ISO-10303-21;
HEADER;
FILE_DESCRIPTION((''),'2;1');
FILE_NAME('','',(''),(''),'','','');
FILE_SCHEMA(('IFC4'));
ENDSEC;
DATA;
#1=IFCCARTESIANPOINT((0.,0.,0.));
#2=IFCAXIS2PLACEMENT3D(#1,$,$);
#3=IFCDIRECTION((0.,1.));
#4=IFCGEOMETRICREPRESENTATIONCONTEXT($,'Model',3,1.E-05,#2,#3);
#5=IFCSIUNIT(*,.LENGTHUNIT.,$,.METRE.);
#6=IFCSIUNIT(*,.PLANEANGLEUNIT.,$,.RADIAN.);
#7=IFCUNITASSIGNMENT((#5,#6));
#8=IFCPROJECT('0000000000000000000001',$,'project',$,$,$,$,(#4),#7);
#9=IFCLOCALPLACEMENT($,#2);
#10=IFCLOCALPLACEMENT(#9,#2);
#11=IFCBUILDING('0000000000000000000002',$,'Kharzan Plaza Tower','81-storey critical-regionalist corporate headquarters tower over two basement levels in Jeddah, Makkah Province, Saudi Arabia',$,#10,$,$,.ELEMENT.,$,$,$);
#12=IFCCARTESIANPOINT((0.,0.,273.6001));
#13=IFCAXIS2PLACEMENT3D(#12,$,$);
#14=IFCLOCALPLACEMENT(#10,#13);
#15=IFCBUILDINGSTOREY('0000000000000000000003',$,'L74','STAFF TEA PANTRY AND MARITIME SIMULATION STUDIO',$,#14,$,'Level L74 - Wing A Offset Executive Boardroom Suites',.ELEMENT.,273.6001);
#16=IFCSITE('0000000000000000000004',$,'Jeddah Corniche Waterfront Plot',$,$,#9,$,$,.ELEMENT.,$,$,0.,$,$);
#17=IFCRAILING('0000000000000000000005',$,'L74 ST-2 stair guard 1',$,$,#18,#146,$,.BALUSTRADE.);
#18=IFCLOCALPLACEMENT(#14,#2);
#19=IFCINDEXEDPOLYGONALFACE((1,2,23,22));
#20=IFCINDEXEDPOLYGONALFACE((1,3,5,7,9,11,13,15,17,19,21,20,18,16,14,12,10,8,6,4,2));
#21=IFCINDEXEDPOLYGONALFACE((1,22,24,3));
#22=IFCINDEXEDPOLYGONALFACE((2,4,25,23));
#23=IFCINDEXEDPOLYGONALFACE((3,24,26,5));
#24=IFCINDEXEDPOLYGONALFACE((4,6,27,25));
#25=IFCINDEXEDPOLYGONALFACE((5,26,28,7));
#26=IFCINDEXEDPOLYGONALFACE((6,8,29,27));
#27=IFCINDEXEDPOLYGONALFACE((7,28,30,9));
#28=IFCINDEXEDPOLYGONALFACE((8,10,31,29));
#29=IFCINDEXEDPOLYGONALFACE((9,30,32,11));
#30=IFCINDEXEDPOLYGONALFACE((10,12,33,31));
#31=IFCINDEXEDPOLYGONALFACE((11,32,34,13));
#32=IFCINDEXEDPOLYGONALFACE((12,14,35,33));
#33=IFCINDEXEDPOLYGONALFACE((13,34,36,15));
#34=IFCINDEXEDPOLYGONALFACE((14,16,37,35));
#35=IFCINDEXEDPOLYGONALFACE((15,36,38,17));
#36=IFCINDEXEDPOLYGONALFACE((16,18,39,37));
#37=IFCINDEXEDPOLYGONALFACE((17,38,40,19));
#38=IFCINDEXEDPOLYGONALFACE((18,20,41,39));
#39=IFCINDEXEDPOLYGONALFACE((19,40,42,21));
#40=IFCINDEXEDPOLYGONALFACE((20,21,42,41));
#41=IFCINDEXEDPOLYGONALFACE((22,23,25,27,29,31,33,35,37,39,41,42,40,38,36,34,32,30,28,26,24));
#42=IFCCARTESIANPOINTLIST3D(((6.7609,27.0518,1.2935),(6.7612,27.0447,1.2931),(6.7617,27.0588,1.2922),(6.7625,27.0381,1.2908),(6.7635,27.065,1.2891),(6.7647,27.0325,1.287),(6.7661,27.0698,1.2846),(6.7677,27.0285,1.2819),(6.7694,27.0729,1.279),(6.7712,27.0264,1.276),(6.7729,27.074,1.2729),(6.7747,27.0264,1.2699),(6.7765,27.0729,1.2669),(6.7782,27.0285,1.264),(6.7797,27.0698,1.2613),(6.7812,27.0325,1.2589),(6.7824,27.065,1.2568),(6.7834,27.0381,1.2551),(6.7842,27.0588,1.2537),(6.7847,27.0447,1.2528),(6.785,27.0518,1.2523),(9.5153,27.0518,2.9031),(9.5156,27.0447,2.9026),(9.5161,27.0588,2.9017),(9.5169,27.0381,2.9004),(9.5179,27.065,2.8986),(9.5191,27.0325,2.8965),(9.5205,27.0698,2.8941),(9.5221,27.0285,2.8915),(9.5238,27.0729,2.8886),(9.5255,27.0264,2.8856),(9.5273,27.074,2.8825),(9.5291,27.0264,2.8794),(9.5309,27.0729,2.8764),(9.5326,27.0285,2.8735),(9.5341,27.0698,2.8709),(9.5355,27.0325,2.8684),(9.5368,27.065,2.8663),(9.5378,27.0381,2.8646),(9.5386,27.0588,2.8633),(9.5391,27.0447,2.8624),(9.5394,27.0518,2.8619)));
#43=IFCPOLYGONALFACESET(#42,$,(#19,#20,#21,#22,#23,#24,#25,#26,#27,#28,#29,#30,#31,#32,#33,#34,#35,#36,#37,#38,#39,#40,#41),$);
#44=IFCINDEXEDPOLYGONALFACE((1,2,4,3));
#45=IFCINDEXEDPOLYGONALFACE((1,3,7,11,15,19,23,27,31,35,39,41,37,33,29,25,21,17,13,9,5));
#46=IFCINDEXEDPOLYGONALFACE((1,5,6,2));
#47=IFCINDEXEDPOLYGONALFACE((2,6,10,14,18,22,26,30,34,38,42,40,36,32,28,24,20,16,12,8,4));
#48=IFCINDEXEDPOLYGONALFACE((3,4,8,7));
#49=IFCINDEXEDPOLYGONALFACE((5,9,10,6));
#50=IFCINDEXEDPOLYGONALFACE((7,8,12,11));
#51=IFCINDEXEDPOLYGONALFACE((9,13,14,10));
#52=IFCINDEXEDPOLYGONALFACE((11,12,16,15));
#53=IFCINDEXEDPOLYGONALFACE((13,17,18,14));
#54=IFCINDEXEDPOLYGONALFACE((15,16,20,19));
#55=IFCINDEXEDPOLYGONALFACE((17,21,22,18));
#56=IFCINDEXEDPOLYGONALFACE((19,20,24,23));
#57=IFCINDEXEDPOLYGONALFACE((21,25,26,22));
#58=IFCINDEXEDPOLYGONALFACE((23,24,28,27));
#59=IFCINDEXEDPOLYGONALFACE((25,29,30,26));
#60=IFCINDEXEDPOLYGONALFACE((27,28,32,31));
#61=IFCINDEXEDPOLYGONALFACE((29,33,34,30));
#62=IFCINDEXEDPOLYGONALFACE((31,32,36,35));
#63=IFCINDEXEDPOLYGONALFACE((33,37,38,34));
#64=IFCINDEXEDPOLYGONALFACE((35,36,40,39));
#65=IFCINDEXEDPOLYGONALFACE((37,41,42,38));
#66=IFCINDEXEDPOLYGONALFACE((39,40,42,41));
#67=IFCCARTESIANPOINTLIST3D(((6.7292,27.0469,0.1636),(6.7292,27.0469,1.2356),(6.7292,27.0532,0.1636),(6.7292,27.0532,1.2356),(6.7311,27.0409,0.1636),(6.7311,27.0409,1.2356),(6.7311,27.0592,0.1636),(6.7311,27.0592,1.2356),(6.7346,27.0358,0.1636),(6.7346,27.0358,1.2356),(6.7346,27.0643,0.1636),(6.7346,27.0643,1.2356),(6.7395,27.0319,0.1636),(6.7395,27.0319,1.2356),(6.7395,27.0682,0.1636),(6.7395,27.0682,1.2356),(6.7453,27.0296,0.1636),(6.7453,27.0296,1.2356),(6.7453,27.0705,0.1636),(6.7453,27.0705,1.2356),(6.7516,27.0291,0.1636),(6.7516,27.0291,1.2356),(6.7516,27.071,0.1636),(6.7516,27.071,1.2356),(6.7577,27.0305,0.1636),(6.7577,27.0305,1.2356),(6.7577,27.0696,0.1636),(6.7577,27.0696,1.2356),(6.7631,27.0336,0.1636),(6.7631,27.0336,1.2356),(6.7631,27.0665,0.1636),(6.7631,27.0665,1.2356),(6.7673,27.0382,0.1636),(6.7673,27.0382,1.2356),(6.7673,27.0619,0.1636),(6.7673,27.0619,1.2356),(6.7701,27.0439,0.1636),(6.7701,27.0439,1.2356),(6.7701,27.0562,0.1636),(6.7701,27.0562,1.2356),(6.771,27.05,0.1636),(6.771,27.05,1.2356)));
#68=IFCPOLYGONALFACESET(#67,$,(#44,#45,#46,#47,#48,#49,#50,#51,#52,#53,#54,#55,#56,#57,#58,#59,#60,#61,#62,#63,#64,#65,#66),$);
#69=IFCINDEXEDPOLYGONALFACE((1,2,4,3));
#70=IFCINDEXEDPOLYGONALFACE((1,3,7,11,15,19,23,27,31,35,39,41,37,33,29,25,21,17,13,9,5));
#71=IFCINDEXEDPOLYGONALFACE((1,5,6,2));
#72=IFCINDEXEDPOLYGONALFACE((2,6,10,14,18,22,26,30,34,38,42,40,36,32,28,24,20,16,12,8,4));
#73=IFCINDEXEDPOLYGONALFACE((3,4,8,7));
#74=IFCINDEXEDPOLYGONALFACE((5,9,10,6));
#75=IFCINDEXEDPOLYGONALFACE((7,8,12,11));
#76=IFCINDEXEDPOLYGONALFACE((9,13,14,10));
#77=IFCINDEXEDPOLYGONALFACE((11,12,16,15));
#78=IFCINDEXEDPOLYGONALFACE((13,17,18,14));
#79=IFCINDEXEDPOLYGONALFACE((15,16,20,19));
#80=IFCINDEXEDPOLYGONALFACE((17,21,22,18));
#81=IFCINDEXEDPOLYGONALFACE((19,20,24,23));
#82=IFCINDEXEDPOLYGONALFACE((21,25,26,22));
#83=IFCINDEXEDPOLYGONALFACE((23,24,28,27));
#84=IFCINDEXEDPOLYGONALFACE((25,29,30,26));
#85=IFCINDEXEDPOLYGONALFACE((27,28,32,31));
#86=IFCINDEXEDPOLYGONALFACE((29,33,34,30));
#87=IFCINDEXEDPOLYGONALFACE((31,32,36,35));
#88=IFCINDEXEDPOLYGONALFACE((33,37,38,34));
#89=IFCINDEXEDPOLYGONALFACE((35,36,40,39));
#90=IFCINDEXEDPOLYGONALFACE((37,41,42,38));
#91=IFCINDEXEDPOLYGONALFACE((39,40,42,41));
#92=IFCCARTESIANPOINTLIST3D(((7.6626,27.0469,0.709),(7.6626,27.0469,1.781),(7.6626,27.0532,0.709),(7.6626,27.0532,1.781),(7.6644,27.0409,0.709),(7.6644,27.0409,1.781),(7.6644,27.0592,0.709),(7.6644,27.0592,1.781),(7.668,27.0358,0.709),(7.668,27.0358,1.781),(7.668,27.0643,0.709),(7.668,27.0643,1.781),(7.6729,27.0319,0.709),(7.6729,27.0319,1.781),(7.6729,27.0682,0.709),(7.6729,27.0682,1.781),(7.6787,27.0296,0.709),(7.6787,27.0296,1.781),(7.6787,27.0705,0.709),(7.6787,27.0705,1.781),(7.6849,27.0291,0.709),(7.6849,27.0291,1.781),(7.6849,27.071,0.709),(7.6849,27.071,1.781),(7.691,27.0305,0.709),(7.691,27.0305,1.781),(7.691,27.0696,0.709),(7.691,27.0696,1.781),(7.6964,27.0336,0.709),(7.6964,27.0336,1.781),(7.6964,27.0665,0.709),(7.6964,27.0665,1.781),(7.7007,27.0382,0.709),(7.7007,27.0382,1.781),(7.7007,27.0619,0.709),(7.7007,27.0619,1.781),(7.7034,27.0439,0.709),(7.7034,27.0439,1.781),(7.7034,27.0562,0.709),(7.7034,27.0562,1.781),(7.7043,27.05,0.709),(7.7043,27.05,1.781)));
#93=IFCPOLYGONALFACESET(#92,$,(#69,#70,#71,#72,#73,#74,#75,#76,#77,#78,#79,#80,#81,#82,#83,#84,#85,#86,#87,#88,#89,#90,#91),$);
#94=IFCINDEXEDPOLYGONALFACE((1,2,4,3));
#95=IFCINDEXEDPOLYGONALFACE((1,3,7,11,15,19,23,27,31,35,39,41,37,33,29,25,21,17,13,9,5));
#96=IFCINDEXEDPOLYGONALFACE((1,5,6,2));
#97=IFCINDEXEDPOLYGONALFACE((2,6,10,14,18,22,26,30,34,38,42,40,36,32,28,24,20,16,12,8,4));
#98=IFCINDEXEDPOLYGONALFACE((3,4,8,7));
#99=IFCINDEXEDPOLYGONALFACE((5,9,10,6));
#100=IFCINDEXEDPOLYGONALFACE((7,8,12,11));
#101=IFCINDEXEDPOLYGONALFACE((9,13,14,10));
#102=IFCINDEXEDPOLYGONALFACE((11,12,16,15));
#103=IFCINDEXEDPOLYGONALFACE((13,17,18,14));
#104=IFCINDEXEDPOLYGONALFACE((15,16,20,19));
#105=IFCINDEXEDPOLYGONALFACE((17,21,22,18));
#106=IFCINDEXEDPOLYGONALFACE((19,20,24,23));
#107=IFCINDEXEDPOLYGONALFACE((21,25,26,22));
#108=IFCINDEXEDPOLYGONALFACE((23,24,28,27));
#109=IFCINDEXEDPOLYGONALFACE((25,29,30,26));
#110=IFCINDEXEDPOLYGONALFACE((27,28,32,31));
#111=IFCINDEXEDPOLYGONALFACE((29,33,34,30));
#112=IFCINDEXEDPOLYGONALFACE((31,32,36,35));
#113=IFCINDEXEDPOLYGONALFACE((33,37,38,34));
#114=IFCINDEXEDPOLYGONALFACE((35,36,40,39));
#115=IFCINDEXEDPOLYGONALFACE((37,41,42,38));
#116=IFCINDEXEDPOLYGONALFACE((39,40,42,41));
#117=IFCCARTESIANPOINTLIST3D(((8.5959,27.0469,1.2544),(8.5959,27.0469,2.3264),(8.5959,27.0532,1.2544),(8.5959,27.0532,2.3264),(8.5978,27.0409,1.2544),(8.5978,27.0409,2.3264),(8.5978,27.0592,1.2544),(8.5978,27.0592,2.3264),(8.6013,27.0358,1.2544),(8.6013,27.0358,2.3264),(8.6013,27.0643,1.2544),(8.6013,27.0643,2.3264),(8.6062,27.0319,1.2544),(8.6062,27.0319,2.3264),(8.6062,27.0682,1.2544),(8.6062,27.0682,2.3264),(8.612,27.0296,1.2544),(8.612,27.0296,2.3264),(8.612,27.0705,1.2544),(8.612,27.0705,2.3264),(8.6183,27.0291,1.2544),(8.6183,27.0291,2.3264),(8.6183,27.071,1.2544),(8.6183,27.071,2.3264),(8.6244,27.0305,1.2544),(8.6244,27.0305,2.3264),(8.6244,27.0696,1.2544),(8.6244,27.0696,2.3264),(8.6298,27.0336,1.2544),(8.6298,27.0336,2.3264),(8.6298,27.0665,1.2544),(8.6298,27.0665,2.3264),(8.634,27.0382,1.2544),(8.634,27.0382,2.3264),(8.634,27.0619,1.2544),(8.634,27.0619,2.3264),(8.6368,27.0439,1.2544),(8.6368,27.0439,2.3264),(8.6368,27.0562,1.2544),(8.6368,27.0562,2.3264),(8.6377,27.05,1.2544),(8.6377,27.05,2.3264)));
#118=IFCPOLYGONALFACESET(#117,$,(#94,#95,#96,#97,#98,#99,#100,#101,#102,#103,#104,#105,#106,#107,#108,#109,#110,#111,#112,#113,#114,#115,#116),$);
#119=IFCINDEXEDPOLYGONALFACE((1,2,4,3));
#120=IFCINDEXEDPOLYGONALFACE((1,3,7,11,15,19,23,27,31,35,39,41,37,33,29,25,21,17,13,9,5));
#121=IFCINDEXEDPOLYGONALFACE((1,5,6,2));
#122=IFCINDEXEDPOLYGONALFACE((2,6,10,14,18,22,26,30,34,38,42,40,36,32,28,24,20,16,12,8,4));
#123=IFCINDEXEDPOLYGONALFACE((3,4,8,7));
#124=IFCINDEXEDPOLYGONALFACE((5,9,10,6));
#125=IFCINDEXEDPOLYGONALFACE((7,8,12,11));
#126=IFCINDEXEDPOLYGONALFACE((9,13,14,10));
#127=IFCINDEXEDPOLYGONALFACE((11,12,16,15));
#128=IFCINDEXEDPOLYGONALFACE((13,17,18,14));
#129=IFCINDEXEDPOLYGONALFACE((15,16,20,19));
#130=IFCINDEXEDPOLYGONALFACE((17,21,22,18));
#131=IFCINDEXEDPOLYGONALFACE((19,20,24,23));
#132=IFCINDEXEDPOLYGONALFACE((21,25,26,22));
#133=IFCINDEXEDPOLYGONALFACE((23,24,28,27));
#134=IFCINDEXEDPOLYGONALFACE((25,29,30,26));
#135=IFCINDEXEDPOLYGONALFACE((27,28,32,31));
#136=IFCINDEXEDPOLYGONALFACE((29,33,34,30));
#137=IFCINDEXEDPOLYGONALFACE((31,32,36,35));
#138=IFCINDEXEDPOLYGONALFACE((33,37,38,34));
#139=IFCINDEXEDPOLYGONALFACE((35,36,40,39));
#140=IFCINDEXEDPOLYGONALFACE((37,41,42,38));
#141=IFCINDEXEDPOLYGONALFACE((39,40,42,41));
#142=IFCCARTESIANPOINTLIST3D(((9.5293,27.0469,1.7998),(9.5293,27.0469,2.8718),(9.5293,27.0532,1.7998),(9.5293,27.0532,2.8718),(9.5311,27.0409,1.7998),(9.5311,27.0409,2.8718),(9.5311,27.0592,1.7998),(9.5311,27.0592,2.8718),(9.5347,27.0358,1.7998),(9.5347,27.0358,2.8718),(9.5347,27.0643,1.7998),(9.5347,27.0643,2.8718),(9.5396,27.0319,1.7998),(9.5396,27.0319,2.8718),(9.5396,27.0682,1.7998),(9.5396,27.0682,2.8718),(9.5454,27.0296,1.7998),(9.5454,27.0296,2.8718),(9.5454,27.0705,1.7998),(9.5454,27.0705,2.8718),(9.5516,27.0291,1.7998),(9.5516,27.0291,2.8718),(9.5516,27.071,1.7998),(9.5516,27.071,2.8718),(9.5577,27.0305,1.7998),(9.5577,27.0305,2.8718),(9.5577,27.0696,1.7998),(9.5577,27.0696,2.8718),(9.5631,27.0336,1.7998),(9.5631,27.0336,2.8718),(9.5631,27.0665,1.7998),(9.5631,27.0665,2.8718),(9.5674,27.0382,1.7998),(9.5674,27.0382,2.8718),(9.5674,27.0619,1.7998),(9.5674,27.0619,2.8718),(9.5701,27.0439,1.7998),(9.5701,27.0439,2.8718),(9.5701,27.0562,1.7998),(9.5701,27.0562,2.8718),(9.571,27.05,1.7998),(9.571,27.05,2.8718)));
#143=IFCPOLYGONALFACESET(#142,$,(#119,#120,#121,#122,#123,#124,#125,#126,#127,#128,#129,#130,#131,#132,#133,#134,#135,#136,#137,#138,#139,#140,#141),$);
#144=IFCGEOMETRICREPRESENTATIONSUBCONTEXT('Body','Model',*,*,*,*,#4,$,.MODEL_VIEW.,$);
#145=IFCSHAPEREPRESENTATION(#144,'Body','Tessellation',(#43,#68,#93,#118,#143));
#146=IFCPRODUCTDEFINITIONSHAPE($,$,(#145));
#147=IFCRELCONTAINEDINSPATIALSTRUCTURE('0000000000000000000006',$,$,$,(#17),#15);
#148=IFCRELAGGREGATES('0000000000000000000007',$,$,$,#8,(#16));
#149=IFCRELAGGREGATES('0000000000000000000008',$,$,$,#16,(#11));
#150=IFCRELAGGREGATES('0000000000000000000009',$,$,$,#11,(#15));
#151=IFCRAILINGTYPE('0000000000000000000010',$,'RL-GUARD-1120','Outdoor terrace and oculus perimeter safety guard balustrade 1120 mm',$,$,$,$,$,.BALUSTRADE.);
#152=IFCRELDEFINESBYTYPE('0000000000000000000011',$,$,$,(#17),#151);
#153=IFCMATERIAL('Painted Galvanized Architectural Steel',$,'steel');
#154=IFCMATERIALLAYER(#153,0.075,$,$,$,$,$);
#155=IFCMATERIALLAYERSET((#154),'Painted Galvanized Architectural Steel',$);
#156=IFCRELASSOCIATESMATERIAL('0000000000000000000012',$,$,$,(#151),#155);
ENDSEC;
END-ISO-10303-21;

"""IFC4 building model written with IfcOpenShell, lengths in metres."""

from ifc_helpers import new_model, si_unit, direction, frame, origin, origin_2d, place, context, subcontext, project, spatial, circle, extrude, source, transform, mapped, material, layer, layer_set, type_object, element, save


model = new_model("IFC4")

# Units and contexts
model_context = context("Model", 3, precision=1e-05, world=origin(), true_north=direction((0.0, 1.0)))
body_context = subcontext(model_context, "Body", "Model", "MODEL_VIEW")
ifc_project = project(units=[si_unit("LENGTHUNIT", "METRE"), si_unit("PLANEANGLEUNIT", "RADIAN")], contexts=[model_context])

# Site, building, storey
site_placement = place(None, origin())
site = spatial("IfcSite", under=ifc_project, at=site_placement, Name="Jeddah Corniche Waterfront Plot", CompositionType="ELEMENT", RefElevation=0.0)
building_placement = place(site_placement, origin())
building = spatial("IfcBuilding", under=site, at=building_placement, Name="Kharzan Plaza Tower", Description="81-storey critical-regionalist corporate headquarters tower over two basement levels in Jeddah, Makkah Province, Saudi Arabia", CompositionType="ELEMENT")
storey_placement = place(building_placement, frame((0.0, 0.0, 273.6001)))
storey = spatial("IfcBuildingStorey", under=building, at=storey_placement, Name="L74", Description="STAFF TEA PANTRY AND MARITIME SIMULATION STUDIO", LongName="Level L74 - Wing A Offset Executive Boardroom Suites", CompositionType="ELEMENT", Elevation=273.6001)

# Railing
ifc_material_1 = material(Name="Painted Galvanized Architectural Steel", Category="steel")
ifc_layer_1 = layer(ifc_material_1, 0.075)
ifc_layer_set_1 = layer_set([ifc_layer_1], Name="Painted Galvanized Architectural Steel")
railing_type_1 = type_object("IfcRailingType", Name="RL-GUARD-1120", Description="Outdoor terrace and oculus perimeter safety guard balustrade 1120 mm", PredefinedType="BALUSTRADE", material=ifc_layer_set_1)
shared_shape_1 = source(origin(), body_context, "Body", "SweptSolid", [
    extrude(circle(Radius=0.0239, at=origin_2d()), frame((0.0229, 0.0, 1.1094), z_axis=(0.863394, 0.0, 0.504531), x_axis=(0.0, 1.0, 0.0)), (0.0, 0.0, 1.0), 3.1902),
    extrude(circle(Radius=0.021, at=origin_2d()), origin(), (0.0, 0.0, 1.0), 1.072),
    extrude(circle(Radius=0.021, at=origin_2d()), frame((0.9333, 0.0, 0.5454)), (0.0, 0.0, 1.0), 1.072),
    extrude(circle(Radius=0.021, at=origin_2d()), frame((1.8667, 0.0, 1.0908)), (0.0, 0.0, 1.0), 1.072),
    extrude(circle(Radius=0.021, at=origin_2d()), frame((2.8, 0.0, 1.6362)), (0.0, 0.0, 1.0), 1.072),
])
railing_1_placement = place(storey_placement, frame((6.75, 27.05, 0.1636)))
element("IfcRailing", 1, at=railing_1_placement, inside=storey, type_object=railing_type_1, Name="L74 ST-2 stair guard 1", PredefinedType="BALUSTRADE", context=body_context, shape_type="MappedRepresentation", body=[
    mapped(shared_shape_1, transform((0.0, 0.0, 0.0), x_axis=(1.0, 0.0, 0.0), y_axis=(0.0, 1.0, 0.0), z_axis=(0.0, 0.0, 1.0))),
])

save(model, "model.ifc")
